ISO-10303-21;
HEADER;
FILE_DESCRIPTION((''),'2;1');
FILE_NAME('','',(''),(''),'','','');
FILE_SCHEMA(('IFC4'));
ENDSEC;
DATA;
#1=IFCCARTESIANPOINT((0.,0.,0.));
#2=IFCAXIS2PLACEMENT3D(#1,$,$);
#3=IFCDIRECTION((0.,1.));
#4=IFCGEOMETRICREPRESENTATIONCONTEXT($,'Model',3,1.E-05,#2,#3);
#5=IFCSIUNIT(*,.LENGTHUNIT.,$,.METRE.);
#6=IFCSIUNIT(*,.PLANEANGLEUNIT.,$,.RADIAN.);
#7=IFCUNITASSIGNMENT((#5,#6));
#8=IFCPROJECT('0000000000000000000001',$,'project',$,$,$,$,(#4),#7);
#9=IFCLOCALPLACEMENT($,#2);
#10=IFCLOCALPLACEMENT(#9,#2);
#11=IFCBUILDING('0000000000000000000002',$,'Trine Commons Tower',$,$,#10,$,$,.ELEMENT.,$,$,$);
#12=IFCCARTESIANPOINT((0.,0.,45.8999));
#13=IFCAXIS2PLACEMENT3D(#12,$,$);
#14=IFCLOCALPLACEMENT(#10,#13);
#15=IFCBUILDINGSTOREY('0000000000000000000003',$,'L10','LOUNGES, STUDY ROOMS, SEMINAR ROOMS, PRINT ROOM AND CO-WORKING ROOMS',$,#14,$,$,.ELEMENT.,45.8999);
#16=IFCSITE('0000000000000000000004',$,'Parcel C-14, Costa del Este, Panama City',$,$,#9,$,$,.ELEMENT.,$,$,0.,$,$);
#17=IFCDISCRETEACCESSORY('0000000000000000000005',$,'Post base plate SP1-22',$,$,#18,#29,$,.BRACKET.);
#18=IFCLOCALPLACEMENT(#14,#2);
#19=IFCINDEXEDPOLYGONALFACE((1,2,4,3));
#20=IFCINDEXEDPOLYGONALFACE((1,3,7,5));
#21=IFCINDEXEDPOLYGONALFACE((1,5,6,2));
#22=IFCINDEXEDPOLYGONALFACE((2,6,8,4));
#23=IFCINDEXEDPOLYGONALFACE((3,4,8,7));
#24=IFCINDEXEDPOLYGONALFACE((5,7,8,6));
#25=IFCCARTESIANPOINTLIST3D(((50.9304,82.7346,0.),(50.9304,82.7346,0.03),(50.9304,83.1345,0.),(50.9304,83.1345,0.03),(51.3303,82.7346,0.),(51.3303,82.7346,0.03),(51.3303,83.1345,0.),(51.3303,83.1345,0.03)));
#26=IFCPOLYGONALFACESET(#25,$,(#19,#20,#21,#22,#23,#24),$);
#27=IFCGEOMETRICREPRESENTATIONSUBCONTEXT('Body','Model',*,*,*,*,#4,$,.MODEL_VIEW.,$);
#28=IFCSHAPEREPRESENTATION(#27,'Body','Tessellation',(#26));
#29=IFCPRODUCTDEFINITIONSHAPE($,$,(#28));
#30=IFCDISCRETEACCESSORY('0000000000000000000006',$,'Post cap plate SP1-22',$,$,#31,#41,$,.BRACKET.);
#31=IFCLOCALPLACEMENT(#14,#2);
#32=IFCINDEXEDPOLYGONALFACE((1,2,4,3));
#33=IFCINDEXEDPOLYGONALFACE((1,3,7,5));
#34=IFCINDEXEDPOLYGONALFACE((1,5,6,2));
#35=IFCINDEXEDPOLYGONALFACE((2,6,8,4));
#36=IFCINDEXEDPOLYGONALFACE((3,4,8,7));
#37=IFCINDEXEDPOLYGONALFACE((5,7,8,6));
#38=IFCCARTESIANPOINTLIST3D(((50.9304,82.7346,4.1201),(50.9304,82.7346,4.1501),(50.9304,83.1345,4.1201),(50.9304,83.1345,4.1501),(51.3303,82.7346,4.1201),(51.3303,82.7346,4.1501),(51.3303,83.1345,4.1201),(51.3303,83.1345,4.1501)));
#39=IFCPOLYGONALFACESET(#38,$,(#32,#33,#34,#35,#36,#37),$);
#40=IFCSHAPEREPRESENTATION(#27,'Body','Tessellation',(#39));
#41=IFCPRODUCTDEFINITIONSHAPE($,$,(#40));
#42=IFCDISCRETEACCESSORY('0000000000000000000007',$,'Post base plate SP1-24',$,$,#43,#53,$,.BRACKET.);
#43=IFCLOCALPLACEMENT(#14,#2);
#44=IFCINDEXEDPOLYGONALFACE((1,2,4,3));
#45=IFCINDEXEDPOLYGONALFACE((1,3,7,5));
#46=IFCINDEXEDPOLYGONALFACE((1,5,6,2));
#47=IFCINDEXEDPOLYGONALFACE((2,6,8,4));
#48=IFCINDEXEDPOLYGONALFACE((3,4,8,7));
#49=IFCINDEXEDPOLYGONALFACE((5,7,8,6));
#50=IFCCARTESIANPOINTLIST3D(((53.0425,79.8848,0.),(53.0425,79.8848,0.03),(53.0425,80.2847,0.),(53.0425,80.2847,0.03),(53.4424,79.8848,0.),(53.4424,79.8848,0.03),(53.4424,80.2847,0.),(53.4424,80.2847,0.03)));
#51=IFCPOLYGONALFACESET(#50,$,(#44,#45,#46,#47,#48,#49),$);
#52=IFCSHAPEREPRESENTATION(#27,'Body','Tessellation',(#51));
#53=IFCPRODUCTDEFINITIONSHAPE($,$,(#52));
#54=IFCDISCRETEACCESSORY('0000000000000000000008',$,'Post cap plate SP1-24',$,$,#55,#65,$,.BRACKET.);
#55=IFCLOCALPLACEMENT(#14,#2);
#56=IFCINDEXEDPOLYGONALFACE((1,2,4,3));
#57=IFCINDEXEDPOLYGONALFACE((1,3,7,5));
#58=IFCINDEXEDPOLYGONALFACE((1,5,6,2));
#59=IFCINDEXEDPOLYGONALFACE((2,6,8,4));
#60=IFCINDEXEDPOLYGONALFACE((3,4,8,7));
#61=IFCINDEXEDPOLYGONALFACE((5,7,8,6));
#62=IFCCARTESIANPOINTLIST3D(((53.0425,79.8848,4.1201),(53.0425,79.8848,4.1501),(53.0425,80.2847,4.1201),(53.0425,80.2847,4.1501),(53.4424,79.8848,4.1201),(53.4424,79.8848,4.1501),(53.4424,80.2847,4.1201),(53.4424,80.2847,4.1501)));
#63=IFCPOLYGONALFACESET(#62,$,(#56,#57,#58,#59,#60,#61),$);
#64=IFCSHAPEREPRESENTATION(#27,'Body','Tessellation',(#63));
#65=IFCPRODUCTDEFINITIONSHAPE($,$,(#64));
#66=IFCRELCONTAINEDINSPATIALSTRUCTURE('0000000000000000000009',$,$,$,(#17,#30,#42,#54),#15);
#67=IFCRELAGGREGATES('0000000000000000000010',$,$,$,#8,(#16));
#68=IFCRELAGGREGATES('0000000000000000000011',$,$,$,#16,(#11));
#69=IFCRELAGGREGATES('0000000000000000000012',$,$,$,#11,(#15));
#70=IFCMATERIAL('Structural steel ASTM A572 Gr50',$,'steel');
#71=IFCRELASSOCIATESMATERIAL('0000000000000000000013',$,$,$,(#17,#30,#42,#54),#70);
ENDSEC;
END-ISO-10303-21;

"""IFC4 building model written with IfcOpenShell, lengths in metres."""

from ifc_helpers import new_model, si_unit, direction, frame, origin, origin_2d, place, context, subcontext, project, spatial, rectangle, extrude, material, element, save


model = new_model("IFC4")

# Units and contexts
model_context = context("Model", 3, precision=1e-05, world=origin(), true_north=direction((0.0, 1.0)))
body_context = subcontext(model_context, "Body", "Model", "MODEL_VIEW")
ifc_project = project(units=[si_unit("LENGTHUNIT", "METRE"), si_unit("PLANEANGLEUNIT", "RADIAN")], contexts=[model_context])

# Site, building, storey
site_placement = place(None, origin())
site = spatial("IfcSite", under=ifc_project, at=site_placement, Name="Parcel C-14, Costa del Este, Panama City", CompositionType="ELEMENT", RefElevation=0.0)
building_placement = place(site_placement, origin())
building = spatial("IfcBuilding", under=site, at=building_placement, Name="Trine Commons Tower", CompositionType="ELEMENT")
storey_placement = place(building_placement, frame((0.0, 0.0, 45.8999)))
storey = spatial("IfcBuildingStorey", under=building, at=storey_placement, Name="L10", Description="LOUNGES, STUDY ROOMS, SEMINAR ROOMS, PRINT ROOM AND CO-WORKING ROOMS", CompositionType="ELEMENT", Elevation=45.8999)

# Discrete accessories
ifc_material_1 = material(Name="Structural steel ASTM A572 Gr50", Category="steel")
for number, where, z_axis, x_axis, name in (
    (1, (51.1304, 82.9346, 0.0), (0.0, 0.0, 1.0), (1.0, 0.0, 0.0), "Post base plate SP1-22"),
    (2, (51.1304, 82.9346, 4.1201), (0.0, 0.0, 1.0), (1.0, 0.0, 0.0), "Post cap plate SP1-22"),
    (3, (53.2424, 80.0847, 0.0), (0.0, 0.0, 1.0), (1.0, 0.0, 0.0), "Post base plate SP1-24"),
    (4, (53.2424, 80.0847, 4.1201), (0.0, 0.0, 1.0), (1.0, 0.0, 0.0), "Post cap plate SP1-24"),
):
    element("IfcDiscreteAccessory", number, at=place(storey_placement, frame(where, z_axis=z_axis, x_axis=x_axis)), inside=storey, material=ifc_material_1, Name=name, PredefinedType="BRACKET", context=body_context, shape_type="SweptSolid", body=[
        extrude(rectangle(XDim=0.3999, YDim=0.3999, at=origin_2d()), origin(), (0.0, 0.0, 1.0), 0.03),
    ])

save(model, "model.ifc")
